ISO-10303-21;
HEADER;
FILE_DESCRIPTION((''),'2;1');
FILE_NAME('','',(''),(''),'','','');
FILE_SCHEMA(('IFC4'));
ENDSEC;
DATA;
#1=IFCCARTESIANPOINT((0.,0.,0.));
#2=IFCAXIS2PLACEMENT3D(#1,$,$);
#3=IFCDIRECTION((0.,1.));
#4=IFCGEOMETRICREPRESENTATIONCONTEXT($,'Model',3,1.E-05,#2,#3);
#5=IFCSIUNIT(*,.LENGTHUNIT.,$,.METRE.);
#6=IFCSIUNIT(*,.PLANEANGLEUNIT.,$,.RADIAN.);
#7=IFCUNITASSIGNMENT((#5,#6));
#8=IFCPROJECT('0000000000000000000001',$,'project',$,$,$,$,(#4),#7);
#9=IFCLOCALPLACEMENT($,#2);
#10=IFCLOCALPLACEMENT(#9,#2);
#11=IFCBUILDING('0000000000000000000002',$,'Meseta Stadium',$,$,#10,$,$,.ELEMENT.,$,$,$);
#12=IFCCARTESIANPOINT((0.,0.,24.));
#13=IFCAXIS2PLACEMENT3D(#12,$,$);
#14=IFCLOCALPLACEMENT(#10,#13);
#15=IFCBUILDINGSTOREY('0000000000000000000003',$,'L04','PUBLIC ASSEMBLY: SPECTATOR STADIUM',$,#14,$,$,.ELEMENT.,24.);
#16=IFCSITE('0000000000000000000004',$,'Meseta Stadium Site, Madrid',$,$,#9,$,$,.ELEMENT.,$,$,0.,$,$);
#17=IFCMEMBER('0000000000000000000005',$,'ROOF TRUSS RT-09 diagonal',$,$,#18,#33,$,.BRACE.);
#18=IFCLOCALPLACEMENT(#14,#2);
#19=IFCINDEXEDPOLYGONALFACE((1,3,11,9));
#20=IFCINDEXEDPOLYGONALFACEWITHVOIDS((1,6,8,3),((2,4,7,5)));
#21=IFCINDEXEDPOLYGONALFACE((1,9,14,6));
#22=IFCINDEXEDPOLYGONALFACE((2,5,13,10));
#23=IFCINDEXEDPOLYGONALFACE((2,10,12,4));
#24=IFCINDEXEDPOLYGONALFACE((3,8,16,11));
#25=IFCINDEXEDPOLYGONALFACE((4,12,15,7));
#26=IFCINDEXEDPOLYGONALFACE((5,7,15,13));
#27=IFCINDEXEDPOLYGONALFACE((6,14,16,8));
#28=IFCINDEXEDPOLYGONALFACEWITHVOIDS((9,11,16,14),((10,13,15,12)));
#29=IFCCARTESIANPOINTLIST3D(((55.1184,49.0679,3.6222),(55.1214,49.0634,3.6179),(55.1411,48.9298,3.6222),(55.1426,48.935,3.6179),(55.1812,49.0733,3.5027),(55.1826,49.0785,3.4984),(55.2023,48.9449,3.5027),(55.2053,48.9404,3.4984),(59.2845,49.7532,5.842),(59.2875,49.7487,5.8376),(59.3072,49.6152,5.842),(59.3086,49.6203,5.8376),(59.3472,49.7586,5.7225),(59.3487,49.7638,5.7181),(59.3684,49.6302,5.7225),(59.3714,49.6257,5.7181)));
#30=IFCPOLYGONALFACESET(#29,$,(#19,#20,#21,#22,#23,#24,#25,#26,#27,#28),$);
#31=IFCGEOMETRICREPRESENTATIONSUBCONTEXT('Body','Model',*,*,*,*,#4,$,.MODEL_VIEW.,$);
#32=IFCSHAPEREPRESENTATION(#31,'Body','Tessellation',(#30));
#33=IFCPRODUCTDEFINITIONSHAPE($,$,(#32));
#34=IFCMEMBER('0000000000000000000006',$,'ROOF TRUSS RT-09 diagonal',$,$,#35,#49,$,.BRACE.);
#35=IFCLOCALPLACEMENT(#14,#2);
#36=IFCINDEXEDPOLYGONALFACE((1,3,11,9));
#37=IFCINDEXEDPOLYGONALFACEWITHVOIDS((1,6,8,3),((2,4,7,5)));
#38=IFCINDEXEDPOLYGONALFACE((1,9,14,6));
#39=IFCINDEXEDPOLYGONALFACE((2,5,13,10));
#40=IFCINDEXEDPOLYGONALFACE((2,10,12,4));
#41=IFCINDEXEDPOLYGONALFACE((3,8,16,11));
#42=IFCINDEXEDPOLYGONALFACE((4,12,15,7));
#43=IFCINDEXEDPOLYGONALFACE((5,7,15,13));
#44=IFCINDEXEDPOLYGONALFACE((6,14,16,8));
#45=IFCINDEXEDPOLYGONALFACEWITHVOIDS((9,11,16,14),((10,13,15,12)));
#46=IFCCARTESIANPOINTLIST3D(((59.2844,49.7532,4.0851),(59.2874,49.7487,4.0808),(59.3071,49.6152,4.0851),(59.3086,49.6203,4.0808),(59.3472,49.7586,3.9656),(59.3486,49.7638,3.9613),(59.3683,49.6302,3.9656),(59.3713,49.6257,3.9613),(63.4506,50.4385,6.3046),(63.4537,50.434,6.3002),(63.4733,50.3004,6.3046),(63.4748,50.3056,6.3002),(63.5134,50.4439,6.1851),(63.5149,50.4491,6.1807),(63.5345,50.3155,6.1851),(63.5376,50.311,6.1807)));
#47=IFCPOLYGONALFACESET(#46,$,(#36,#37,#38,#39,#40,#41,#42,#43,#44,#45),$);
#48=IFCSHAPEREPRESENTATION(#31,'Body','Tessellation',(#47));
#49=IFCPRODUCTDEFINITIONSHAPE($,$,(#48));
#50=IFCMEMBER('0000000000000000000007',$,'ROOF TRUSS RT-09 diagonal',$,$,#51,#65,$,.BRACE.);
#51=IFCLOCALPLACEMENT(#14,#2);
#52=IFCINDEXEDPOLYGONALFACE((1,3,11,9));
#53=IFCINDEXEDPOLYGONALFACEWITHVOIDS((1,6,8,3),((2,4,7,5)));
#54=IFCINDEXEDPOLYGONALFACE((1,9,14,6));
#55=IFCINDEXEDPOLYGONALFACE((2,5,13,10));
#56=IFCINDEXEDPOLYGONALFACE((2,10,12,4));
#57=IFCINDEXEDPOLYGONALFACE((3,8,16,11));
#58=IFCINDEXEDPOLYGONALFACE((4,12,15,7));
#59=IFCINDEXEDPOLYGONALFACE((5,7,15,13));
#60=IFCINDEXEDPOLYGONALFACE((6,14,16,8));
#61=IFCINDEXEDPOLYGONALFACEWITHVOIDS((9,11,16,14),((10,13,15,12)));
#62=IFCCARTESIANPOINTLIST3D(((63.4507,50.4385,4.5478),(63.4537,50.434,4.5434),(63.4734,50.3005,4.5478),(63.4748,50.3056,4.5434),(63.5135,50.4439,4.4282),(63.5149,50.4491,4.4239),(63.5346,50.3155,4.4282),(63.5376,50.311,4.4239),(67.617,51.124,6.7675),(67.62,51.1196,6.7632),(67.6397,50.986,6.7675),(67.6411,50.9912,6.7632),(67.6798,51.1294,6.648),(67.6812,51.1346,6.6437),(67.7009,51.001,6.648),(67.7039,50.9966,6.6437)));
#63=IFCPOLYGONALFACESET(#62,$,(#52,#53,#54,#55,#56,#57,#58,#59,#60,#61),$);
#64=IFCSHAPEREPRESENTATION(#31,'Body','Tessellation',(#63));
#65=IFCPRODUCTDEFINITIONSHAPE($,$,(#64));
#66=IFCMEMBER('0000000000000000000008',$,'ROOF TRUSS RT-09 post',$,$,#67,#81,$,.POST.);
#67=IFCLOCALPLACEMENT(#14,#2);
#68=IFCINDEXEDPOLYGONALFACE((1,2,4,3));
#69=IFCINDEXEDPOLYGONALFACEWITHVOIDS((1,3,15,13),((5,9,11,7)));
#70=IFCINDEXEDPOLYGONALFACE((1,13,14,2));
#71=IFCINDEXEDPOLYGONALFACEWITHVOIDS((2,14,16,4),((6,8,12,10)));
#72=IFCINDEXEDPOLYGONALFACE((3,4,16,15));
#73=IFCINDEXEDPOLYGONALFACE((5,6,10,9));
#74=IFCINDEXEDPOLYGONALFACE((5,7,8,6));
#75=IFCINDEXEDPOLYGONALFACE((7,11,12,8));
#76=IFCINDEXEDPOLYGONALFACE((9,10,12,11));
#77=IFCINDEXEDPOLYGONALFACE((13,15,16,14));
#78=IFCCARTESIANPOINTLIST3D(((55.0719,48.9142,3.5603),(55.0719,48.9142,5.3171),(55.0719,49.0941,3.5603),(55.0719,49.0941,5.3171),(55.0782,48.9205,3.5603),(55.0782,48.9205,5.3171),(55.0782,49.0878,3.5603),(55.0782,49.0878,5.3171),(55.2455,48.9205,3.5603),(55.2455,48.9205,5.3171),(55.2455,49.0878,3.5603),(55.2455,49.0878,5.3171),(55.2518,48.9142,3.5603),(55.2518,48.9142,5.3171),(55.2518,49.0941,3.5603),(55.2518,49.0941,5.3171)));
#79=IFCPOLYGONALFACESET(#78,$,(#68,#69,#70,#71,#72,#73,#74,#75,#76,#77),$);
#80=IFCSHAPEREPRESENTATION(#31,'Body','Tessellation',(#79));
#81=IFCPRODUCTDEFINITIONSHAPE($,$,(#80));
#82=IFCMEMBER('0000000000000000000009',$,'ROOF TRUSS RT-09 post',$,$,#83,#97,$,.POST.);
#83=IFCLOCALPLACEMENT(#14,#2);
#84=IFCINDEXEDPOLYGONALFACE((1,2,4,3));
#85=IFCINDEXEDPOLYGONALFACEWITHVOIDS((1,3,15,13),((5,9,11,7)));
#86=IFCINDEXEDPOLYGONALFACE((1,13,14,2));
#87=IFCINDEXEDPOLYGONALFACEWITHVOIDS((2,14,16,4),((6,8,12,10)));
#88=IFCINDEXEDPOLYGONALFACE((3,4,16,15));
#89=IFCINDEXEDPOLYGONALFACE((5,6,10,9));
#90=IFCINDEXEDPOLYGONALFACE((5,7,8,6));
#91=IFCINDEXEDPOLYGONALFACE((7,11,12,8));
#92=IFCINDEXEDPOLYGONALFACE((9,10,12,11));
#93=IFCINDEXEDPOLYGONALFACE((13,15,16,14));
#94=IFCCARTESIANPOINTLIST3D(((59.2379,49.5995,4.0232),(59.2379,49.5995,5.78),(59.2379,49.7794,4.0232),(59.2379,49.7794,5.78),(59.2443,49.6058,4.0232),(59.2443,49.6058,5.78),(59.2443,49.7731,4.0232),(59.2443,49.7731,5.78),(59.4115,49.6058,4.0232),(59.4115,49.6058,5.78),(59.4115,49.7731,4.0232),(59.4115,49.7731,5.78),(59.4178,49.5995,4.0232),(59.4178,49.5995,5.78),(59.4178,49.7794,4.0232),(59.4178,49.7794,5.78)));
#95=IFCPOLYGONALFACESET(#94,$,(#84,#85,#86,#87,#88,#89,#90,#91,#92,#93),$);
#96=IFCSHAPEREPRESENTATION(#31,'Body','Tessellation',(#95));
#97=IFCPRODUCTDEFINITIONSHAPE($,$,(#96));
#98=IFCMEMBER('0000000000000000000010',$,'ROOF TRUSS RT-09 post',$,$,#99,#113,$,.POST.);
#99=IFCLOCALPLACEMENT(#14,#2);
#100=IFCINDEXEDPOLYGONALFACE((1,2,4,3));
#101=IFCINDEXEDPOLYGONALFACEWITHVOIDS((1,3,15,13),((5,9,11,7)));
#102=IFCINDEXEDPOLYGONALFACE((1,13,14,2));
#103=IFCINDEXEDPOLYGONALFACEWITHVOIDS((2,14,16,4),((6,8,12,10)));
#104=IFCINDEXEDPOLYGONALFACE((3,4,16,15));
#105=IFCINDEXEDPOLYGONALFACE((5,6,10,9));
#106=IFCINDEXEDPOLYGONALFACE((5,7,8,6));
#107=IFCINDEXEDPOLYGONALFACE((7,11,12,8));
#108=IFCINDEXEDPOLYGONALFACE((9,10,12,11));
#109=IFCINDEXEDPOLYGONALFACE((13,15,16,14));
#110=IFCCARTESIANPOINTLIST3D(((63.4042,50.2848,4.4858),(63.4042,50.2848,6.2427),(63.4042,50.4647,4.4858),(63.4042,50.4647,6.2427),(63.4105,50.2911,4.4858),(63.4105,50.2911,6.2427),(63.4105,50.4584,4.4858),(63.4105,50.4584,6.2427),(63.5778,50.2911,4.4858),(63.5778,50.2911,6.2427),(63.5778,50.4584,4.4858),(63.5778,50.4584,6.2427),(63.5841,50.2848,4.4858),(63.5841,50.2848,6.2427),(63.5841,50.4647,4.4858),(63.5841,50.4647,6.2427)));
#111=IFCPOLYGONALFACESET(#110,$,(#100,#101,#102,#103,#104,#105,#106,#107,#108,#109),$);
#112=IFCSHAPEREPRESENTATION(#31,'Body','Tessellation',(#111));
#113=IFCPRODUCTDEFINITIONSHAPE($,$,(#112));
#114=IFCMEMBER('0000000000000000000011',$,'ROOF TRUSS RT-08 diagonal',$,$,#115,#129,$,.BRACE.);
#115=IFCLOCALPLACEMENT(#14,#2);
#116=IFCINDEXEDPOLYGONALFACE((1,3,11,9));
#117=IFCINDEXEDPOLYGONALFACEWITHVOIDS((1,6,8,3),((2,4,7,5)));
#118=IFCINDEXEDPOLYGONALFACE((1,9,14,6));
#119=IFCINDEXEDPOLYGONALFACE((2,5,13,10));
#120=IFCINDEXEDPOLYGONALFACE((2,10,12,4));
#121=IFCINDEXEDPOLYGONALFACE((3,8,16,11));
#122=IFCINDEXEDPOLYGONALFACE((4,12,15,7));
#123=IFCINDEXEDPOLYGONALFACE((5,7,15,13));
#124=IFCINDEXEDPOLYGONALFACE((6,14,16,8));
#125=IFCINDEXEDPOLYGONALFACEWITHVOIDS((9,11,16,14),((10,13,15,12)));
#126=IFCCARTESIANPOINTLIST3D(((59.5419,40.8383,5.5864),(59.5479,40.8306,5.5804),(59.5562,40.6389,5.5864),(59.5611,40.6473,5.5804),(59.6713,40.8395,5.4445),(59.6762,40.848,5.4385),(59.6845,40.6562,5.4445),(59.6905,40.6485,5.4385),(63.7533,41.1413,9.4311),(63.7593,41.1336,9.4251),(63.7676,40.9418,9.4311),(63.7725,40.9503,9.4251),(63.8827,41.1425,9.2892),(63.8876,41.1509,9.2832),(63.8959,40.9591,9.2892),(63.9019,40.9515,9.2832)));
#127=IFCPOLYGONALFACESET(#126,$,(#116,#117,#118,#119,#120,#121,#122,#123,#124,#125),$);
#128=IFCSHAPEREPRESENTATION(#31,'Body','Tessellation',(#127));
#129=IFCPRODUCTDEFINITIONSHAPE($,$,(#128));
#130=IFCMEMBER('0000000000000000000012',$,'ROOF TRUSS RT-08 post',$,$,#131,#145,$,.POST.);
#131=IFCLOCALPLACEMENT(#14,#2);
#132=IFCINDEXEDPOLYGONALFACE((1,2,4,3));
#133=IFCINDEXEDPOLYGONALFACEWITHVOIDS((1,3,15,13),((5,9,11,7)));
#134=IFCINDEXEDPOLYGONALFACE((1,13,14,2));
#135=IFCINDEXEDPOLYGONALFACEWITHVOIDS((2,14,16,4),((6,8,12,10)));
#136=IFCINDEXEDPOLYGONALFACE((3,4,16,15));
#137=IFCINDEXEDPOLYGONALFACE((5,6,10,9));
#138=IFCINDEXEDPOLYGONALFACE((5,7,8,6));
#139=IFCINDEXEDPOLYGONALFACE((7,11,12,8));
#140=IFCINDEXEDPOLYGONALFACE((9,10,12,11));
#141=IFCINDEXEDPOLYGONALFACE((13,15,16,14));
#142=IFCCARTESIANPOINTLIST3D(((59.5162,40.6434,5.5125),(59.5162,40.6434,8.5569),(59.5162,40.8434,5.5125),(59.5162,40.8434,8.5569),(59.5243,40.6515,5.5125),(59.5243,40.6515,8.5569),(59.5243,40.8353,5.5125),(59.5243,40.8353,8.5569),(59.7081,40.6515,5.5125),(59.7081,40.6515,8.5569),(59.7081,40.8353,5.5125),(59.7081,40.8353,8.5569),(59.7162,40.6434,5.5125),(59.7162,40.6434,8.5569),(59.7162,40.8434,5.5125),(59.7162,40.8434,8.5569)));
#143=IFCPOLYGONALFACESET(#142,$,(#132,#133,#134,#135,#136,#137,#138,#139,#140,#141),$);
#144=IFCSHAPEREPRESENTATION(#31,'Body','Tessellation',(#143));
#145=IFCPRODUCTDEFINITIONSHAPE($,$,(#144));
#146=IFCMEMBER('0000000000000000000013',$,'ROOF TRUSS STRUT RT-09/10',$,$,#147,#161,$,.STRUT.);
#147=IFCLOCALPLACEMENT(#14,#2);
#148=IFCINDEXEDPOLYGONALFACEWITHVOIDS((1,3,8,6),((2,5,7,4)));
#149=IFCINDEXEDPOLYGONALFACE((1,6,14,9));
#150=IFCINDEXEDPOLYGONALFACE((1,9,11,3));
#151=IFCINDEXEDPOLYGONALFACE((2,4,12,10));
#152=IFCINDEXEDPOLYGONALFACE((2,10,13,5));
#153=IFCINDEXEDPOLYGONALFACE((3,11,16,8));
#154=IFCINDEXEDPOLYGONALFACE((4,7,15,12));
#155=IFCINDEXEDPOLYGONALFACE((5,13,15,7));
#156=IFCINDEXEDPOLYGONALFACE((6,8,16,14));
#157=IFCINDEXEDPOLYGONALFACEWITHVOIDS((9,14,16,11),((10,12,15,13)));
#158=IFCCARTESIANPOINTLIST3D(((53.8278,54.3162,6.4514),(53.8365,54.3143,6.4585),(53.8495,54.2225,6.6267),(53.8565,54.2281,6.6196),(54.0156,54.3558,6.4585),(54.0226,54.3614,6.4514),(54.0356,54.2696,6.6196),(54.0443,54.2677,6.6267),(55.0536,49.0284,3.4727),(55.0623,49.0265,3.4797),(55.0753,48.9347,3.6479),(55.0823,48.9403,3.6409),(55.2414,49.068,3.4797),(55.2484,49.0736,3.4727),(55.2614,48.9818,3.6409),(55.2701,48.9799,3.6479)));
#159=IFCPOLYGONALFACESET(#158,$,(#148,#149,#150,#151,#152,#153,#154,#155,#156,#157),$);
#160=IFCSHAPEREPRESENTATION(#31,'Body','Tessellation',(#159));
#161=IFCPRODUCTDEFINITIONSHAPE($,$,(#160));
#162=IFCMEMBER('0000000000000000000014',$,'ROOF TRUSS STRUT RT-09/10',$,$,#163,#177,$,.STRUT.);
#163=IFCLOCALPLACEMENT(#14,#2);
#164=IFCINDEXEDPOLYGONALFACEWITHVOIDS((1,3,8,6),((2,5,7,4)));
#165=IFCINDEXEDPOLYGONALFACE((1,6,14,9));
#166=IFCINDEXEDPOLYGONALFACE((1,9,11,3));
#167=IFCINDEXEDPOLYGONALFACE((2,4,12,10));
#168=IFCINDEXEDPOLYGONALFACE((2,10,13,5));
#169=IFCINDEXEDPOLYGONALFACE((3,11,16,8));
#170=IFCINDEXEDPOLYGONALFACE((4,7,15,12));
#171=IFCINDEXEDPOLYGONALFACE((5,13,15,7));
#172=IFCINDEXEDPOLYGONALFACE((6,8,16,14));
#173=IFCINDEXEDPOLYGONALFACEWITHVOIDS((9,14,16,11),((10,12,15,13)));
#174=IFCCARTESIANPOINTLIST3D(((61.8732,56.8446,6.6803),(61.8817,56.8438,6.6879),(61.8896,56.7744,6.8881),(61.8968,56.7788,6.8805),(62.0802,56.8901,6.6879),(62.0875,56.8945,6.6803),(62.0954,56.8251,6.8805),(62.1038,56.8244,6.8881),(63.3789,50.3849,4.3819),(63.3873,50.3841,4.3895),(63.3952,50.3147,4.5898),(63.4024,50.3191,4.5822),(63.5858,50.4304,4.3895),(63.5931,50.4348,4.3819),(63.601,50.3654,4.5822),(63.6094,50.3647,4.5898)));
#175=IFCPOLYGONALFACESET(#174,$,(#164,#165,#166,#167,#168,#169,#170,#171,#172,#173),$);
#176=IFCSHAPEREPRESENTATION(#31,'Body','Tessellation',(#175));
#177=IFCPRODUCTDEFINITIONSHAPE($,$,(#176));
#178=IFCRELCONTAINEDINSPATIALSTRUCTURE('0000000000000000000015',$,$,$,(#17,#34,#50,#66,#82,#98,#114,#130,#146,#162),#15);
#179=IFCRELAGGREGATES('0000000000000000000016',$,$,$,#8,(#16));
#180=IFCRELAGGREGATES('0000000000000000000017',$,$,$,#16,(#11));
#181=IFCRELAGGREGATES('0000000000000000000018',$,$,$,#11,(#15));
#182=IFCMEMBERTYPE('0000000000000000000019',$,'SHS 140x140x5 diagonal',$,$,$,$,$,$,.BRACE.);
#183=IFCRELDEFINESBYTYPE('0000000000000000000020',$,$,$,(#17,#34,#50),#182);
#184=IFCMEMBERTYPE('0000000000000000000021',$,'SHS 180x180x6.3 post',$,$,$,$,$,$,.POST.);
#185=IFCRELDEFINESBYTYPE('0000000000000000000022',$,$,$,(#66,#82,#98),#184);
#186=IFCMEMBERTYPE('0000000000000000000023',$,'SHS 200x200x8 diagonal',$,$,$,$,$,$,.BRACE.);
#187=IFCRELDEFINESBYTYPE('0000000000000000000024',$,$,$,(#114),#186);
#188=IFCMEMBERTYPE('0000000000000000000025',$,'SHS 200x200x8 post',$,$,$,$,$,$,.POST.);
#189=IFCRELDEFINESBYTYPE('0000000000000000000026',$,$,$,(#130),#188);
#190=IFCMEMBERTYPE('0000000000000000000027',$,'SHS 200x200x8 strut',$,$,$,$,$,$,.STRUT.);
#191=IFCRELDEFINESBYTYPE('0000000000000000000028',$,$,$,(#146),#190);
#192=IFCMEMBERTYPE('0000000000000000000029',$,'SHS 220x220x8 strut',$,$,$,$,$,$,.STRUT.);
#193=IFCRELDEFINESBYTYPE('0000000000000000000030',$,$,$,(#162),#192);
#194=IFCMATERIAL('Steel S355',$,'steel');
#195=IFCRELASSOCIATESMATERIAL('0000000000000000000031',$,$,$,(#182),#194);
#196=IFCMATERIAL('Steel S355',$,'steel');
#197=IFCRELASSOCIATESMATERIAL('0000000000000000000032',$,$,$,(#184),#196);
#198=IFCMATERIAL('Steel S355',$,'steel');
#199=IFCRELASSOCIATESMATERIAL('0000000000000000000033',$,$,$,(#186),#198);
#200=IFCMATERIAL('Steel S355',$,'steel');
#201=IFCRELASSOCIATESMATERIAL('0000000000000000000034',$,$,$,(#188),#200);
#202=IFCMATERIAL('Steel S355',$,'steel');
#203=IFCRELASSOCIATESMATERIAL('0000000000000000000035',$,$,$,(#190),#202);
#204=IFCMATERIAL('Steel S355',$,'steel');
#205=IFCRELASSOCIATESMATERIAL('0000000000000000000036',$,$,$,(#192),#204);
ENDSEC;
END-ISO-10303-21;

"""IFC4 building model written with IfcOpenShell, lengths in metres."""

from ifc_helpers import new_model, si_unit, direction, frame, origin, origin_2d, place, context, subcontext, project, spatial, hollow_rectangle, extrude, material, material_profile, profile_set, type_object, element, save


model = new_model("IFC4")

# Units and contexts
model_context = context("Model", 3, precision=1e-05, world=origin(), true_north=direction((0.0, 1.0)))
body_context = subcontext(model_context, "Body", "Model", "MODEL_VIEW")
ifc_project = project(units=[si_unit("LENGTHUNIT", "METRE"), si_unit("PLANEANGLEUNIT", "RADIAN")], contexts=[model_context])

# Site, building, storey
site_placement = place(None, origin())
site = spatial("IfcSite", under=ifc_project, at=site_placement, Name="Meseta Stadium Site, Madrid", CompositionType="ELEMENT", RefElevation=0.0)
building_placement = place(site_placement, origin())
building = spatial("IfcBuilding", under=site, at=building_placement, Name="Meseta Stadium", CompositionType="ELEMENT")
storey_placement = place(building_placement, frame((0.0, 0.0, 24.0)))
storey = spatial("IfcBuildingStorey", under=building, at=storey_placement, Name="L04", Description="PUBLIC ASSEMBLY: SPECTATOR STADIUM", CompositionType="ELEMENT", Elevation=24.0)

# Members
ifc_material_1 = material(Name="Steel S355", Category="steel")
ifc_material_profile_1 = material_profile(ifc_material_1, hollow_rectangle(XDim=0.1399, YDim=0.1399, WallThickness=0.0049, at=origin_2d()), Name="SHS 140x140x5")
ifc_profile_set_1 = profile_set([ifc_material_profile_1], Name="Steel S355")
member_type_1 = type_object("IfcMemberType", Name="SHS 140x140x5 diagonal", PredefinedType="BRACE", material=ifc_profile_set_1)
for number, where, z_axis, x_axis, name in (
    (1, (55.1619, 49.0042, 3.5603), (0.873386, 0.143671, 0.465355), (-0.162317, 0.986739, 0.0), "ROOF TRUSS RT-09 diagonal"),
    (2, (59.3279, 49.6895, 4.0232), (0.873419, 0.143668, 0.465295), (-0.162308, 0.98674, 0.0), "ROOF TRUSS RT-09 diagonal"),
):
    element("IfcMember", number, at=place(storey_placement, frame(where, z_axis=z_axis, x_axis=x_axis)), inside=storey, type_object=member_type_1, Name=name, PredefinedType="BRACE", context=body_context, shape_type="SweptSolid", body=[
        extrude(hollow_rectangle(XDim=0.1399, YDim=0.1399, WallThickness=0.0049, at=origin_2d()), origin(), (0.0, 0.0, 1.0), 4.77),
    ])
member_1_placement = place(storey_placement, frame((63.4941, 50.3748, 4.4858), z_axis=(0.873392, 0.143714, 0.465331), x_axis=(-0.162364, 0.986731, 0.0)))
element("IfcMember", 3, at=member_1_placement, inside=storey, type_object=member_type_1, Name="ROOF TRUSS RT-09 diagonal", PredefinedType="BRACE", context=body_context, shape_type="SweptSolid", body=[
    extrude(hollow_rectangle(XDim=0.1399, YDim=0.1399, WallThickness=0.0049, at=origin_2d()), origin(), (0.0, 0.0, 1.0), 4.7703),
])
ifc_material_2 = material(Name="Steel S355", Category="steel")
ifc_material_profile_2 = material_profile(ifc_material_2, hollow_rectangle(XDim=0.1799, YDim=0.1799, WallThickness=0.0063, at=origin_2d()), Name="SHS 180x180x6.3")
ifc_profile_set_2 = profile_set([ifc_material_profile_2], Name="Steel S355")
member_type_2 = type_object("IfcMemberType", Name="SHS 180x180x6.3 post", PredefinedType="POST", material=ifc_profile_set_2)
for number, where, z_axis, x_axis, name in (
    (4, (55.1619, 49.0042, 3.5603), (0.0, 0.0, 1.0), (1.0, 0.0, 0.0), "ROOF TRUSS RT-09 post"),
    (5, (59.3279, 49.6895, 4.0232), (0.0, 0.0, 1.0), (1.0, 0.0, 0.0), "ROOF TRUSS RT-09 post"),
    (6, (63.4941, 50.3748, 4.4858), (0.0, 0.0, 1.0), (1.0, 0.0, 0.0), "ROOF TRUSS RT-09 post"),
):
    element("IfcMember", number, at=place(storey_placement, frame(where, z_axis=z_axis, x_axis=x_axis)), inside=storey, type_object=member_type_2, Name=name, PredefinedType="POST", context=body_context, shape_type="SweptSolid", body=[
        extrude(hollow_rectangle(XDim=0.1799, YDim=0.1799, WallThickness=0.0063, at=origin_2d()), origin(), (0.0, 0.0, 1.0), 1.7568),
    ])
ifc_material_3 = material(Name="Steel S355", Category="steel")
ifc_material_profile_3 = material_profile(ifc_material_3, hollow_rectangle(XDim=0.2, YDim=0.2, WallThickness=0.0081, at=origin_2d()), Name="SHS 200x200x8")
ifc_profile_set_3 = profile_set([ifc_material_profile_3], Name="Steel S355")
member_type_3 = type_object("IfcMemberType", Name="SHS 200x200x8 diagonal", PredefinedType="BRACE", material=ifc_profile_set_3)
member_2_placement = place(storey_placement, frame((59.6162, 40.7434, 5.5125), z_axis=(0.737488, 0.053056, 0.673273), x_axis=(-0.071757, 0.997422, 0.0)))
element("IfcMember", 7, at=member_2_placement, inside=storey, type_object=member_type_3, Name="ROOF TRUSS RT-08 diagonal", PredefinedType="BRACE", context=body_context, shape_type="SweptSolid", body=[
    extrude(hollow_rectangle(XDim=0.2, YDim=0.2, WallThickness=0.0081, at=origin_2d()), origin(), (0.0, 0.0, 1.0), 5.7104),
])
ifc_material_4 = material(Name="Steel S355", Category="steel")
ifc_material_profile_4 = material_profile(ifc_material_4, hollow_rectangle(XDim=0.2, YDim=0.2, WallThickness=0.0081, at=origin_2d()), Name="SHS 200x200x8")
ifc_profile_set_4 = profile_set([ifc_material_profile_4], Name="Steel S355")
member_type_4 = type_object("IfcMemberType", Name="SHS 200x200x8 post", PredefinedType="POST", material=ifc_profile_set_4)
member_3_placement = place(storey_placement, frame((59.6162, 40.7434, 5.5125), z_axis=(0.0, 0.0, 1.0), x_axis=(1.0, 0.0, 0.0)))
element("IfcMember", 8, at=member_3_placement, inside=storey, type_object=member_type_4, Name="ROOF TRUSS RT-08 post", PredefinedType="POST", context=body_context, shape_type="SweptSolid", body=[
    extrude(hollow_rectangle(XDim=0.2, YDim=0.2, WallThickness=0.0081, at=origin_2d()), origin(), (0.0, 0.0, 1.0), 3.0444),
])
ifc_material_5 = material(Name="Steel S355", Category="steel")
ifc_material_profile_5 = material_profile(ifc_material_5, hollow_rectangle(XDim=0.2, YDim=0.2, WallThickness=0.0081, at=origin_2d()), Name="SHS 200x200x8")
ifc_profile_set_5 = profile_set([ifc_material_profile_5], Name="Steel S355")
member_type_5 = type_object("IfcMemberType", Name="SHS 200x200x8 strut", PredefinedType="STRUT", material=ifc_profile_set_5)
member_4_placement = place(storey_placement, frame((55.1619, 49.0042, 3.5603), z_axis=(-0.19798, 0.854023, 0.48109), x_axis=(-0.974166, -0.225832, 0.0)))
element("IfcMember", 9, at=member_4_placement, inside=storey, type_object=member_type_5, Name="ROOF TRUSS STRUT RT-09/10", PredefinedType="STRUT", context=body_context, shape_type="SweptSolid", body=[
    extrude(hollow_rectangle(XDim=0.2, YDim=0.2, WallThickness=0.0081, at=origin_2d()), origin(), (0.0, 0.0, 1.0), 6.1917),
])
ifc_material_6 = material(Name="Steel S355", Category="steel")
ifc_material_profile_6 = material_profile(ifc_material_6, hollow_rectangle(XDim=0.22, YDim=0.22, WallThickness=0.0081, at=origin_2d()), Name="SHS 220x220x8")
ifc_profile_set_6 = profile_set([ifc_material_profile_6], Name="Steel S355")
member_type_6 = type_object("IfcMemberType", Name="SHS 220x220x8 strut", PredefinedType="STRUT", material=ifc_profile_set_6)
member_5_placement = place(storey_placement, frame((63.4941, 50.3748, 4.4858), z_axis=(-0.214482, 0.920218, 0.32741), x_axis=(-0.973896, -0.226993, 0.0)))
element("IfcMember", 10, at=member_5_placement, inside=storey, type_object=member_type_6, Name="ROOF TRUSS STRUT RT-09/10", PredefinedType="STRUT", context=body_context, shape_type="SweptSolid", body=[
    extrude(hollow_rectangle(XDim=0.22, YDim=0.22, WallThickness=0.0081, at=origin_2d()), origin(), (0.0, 0.0, 1.0), 7.0198),
])

save(model, "model.ifc")
